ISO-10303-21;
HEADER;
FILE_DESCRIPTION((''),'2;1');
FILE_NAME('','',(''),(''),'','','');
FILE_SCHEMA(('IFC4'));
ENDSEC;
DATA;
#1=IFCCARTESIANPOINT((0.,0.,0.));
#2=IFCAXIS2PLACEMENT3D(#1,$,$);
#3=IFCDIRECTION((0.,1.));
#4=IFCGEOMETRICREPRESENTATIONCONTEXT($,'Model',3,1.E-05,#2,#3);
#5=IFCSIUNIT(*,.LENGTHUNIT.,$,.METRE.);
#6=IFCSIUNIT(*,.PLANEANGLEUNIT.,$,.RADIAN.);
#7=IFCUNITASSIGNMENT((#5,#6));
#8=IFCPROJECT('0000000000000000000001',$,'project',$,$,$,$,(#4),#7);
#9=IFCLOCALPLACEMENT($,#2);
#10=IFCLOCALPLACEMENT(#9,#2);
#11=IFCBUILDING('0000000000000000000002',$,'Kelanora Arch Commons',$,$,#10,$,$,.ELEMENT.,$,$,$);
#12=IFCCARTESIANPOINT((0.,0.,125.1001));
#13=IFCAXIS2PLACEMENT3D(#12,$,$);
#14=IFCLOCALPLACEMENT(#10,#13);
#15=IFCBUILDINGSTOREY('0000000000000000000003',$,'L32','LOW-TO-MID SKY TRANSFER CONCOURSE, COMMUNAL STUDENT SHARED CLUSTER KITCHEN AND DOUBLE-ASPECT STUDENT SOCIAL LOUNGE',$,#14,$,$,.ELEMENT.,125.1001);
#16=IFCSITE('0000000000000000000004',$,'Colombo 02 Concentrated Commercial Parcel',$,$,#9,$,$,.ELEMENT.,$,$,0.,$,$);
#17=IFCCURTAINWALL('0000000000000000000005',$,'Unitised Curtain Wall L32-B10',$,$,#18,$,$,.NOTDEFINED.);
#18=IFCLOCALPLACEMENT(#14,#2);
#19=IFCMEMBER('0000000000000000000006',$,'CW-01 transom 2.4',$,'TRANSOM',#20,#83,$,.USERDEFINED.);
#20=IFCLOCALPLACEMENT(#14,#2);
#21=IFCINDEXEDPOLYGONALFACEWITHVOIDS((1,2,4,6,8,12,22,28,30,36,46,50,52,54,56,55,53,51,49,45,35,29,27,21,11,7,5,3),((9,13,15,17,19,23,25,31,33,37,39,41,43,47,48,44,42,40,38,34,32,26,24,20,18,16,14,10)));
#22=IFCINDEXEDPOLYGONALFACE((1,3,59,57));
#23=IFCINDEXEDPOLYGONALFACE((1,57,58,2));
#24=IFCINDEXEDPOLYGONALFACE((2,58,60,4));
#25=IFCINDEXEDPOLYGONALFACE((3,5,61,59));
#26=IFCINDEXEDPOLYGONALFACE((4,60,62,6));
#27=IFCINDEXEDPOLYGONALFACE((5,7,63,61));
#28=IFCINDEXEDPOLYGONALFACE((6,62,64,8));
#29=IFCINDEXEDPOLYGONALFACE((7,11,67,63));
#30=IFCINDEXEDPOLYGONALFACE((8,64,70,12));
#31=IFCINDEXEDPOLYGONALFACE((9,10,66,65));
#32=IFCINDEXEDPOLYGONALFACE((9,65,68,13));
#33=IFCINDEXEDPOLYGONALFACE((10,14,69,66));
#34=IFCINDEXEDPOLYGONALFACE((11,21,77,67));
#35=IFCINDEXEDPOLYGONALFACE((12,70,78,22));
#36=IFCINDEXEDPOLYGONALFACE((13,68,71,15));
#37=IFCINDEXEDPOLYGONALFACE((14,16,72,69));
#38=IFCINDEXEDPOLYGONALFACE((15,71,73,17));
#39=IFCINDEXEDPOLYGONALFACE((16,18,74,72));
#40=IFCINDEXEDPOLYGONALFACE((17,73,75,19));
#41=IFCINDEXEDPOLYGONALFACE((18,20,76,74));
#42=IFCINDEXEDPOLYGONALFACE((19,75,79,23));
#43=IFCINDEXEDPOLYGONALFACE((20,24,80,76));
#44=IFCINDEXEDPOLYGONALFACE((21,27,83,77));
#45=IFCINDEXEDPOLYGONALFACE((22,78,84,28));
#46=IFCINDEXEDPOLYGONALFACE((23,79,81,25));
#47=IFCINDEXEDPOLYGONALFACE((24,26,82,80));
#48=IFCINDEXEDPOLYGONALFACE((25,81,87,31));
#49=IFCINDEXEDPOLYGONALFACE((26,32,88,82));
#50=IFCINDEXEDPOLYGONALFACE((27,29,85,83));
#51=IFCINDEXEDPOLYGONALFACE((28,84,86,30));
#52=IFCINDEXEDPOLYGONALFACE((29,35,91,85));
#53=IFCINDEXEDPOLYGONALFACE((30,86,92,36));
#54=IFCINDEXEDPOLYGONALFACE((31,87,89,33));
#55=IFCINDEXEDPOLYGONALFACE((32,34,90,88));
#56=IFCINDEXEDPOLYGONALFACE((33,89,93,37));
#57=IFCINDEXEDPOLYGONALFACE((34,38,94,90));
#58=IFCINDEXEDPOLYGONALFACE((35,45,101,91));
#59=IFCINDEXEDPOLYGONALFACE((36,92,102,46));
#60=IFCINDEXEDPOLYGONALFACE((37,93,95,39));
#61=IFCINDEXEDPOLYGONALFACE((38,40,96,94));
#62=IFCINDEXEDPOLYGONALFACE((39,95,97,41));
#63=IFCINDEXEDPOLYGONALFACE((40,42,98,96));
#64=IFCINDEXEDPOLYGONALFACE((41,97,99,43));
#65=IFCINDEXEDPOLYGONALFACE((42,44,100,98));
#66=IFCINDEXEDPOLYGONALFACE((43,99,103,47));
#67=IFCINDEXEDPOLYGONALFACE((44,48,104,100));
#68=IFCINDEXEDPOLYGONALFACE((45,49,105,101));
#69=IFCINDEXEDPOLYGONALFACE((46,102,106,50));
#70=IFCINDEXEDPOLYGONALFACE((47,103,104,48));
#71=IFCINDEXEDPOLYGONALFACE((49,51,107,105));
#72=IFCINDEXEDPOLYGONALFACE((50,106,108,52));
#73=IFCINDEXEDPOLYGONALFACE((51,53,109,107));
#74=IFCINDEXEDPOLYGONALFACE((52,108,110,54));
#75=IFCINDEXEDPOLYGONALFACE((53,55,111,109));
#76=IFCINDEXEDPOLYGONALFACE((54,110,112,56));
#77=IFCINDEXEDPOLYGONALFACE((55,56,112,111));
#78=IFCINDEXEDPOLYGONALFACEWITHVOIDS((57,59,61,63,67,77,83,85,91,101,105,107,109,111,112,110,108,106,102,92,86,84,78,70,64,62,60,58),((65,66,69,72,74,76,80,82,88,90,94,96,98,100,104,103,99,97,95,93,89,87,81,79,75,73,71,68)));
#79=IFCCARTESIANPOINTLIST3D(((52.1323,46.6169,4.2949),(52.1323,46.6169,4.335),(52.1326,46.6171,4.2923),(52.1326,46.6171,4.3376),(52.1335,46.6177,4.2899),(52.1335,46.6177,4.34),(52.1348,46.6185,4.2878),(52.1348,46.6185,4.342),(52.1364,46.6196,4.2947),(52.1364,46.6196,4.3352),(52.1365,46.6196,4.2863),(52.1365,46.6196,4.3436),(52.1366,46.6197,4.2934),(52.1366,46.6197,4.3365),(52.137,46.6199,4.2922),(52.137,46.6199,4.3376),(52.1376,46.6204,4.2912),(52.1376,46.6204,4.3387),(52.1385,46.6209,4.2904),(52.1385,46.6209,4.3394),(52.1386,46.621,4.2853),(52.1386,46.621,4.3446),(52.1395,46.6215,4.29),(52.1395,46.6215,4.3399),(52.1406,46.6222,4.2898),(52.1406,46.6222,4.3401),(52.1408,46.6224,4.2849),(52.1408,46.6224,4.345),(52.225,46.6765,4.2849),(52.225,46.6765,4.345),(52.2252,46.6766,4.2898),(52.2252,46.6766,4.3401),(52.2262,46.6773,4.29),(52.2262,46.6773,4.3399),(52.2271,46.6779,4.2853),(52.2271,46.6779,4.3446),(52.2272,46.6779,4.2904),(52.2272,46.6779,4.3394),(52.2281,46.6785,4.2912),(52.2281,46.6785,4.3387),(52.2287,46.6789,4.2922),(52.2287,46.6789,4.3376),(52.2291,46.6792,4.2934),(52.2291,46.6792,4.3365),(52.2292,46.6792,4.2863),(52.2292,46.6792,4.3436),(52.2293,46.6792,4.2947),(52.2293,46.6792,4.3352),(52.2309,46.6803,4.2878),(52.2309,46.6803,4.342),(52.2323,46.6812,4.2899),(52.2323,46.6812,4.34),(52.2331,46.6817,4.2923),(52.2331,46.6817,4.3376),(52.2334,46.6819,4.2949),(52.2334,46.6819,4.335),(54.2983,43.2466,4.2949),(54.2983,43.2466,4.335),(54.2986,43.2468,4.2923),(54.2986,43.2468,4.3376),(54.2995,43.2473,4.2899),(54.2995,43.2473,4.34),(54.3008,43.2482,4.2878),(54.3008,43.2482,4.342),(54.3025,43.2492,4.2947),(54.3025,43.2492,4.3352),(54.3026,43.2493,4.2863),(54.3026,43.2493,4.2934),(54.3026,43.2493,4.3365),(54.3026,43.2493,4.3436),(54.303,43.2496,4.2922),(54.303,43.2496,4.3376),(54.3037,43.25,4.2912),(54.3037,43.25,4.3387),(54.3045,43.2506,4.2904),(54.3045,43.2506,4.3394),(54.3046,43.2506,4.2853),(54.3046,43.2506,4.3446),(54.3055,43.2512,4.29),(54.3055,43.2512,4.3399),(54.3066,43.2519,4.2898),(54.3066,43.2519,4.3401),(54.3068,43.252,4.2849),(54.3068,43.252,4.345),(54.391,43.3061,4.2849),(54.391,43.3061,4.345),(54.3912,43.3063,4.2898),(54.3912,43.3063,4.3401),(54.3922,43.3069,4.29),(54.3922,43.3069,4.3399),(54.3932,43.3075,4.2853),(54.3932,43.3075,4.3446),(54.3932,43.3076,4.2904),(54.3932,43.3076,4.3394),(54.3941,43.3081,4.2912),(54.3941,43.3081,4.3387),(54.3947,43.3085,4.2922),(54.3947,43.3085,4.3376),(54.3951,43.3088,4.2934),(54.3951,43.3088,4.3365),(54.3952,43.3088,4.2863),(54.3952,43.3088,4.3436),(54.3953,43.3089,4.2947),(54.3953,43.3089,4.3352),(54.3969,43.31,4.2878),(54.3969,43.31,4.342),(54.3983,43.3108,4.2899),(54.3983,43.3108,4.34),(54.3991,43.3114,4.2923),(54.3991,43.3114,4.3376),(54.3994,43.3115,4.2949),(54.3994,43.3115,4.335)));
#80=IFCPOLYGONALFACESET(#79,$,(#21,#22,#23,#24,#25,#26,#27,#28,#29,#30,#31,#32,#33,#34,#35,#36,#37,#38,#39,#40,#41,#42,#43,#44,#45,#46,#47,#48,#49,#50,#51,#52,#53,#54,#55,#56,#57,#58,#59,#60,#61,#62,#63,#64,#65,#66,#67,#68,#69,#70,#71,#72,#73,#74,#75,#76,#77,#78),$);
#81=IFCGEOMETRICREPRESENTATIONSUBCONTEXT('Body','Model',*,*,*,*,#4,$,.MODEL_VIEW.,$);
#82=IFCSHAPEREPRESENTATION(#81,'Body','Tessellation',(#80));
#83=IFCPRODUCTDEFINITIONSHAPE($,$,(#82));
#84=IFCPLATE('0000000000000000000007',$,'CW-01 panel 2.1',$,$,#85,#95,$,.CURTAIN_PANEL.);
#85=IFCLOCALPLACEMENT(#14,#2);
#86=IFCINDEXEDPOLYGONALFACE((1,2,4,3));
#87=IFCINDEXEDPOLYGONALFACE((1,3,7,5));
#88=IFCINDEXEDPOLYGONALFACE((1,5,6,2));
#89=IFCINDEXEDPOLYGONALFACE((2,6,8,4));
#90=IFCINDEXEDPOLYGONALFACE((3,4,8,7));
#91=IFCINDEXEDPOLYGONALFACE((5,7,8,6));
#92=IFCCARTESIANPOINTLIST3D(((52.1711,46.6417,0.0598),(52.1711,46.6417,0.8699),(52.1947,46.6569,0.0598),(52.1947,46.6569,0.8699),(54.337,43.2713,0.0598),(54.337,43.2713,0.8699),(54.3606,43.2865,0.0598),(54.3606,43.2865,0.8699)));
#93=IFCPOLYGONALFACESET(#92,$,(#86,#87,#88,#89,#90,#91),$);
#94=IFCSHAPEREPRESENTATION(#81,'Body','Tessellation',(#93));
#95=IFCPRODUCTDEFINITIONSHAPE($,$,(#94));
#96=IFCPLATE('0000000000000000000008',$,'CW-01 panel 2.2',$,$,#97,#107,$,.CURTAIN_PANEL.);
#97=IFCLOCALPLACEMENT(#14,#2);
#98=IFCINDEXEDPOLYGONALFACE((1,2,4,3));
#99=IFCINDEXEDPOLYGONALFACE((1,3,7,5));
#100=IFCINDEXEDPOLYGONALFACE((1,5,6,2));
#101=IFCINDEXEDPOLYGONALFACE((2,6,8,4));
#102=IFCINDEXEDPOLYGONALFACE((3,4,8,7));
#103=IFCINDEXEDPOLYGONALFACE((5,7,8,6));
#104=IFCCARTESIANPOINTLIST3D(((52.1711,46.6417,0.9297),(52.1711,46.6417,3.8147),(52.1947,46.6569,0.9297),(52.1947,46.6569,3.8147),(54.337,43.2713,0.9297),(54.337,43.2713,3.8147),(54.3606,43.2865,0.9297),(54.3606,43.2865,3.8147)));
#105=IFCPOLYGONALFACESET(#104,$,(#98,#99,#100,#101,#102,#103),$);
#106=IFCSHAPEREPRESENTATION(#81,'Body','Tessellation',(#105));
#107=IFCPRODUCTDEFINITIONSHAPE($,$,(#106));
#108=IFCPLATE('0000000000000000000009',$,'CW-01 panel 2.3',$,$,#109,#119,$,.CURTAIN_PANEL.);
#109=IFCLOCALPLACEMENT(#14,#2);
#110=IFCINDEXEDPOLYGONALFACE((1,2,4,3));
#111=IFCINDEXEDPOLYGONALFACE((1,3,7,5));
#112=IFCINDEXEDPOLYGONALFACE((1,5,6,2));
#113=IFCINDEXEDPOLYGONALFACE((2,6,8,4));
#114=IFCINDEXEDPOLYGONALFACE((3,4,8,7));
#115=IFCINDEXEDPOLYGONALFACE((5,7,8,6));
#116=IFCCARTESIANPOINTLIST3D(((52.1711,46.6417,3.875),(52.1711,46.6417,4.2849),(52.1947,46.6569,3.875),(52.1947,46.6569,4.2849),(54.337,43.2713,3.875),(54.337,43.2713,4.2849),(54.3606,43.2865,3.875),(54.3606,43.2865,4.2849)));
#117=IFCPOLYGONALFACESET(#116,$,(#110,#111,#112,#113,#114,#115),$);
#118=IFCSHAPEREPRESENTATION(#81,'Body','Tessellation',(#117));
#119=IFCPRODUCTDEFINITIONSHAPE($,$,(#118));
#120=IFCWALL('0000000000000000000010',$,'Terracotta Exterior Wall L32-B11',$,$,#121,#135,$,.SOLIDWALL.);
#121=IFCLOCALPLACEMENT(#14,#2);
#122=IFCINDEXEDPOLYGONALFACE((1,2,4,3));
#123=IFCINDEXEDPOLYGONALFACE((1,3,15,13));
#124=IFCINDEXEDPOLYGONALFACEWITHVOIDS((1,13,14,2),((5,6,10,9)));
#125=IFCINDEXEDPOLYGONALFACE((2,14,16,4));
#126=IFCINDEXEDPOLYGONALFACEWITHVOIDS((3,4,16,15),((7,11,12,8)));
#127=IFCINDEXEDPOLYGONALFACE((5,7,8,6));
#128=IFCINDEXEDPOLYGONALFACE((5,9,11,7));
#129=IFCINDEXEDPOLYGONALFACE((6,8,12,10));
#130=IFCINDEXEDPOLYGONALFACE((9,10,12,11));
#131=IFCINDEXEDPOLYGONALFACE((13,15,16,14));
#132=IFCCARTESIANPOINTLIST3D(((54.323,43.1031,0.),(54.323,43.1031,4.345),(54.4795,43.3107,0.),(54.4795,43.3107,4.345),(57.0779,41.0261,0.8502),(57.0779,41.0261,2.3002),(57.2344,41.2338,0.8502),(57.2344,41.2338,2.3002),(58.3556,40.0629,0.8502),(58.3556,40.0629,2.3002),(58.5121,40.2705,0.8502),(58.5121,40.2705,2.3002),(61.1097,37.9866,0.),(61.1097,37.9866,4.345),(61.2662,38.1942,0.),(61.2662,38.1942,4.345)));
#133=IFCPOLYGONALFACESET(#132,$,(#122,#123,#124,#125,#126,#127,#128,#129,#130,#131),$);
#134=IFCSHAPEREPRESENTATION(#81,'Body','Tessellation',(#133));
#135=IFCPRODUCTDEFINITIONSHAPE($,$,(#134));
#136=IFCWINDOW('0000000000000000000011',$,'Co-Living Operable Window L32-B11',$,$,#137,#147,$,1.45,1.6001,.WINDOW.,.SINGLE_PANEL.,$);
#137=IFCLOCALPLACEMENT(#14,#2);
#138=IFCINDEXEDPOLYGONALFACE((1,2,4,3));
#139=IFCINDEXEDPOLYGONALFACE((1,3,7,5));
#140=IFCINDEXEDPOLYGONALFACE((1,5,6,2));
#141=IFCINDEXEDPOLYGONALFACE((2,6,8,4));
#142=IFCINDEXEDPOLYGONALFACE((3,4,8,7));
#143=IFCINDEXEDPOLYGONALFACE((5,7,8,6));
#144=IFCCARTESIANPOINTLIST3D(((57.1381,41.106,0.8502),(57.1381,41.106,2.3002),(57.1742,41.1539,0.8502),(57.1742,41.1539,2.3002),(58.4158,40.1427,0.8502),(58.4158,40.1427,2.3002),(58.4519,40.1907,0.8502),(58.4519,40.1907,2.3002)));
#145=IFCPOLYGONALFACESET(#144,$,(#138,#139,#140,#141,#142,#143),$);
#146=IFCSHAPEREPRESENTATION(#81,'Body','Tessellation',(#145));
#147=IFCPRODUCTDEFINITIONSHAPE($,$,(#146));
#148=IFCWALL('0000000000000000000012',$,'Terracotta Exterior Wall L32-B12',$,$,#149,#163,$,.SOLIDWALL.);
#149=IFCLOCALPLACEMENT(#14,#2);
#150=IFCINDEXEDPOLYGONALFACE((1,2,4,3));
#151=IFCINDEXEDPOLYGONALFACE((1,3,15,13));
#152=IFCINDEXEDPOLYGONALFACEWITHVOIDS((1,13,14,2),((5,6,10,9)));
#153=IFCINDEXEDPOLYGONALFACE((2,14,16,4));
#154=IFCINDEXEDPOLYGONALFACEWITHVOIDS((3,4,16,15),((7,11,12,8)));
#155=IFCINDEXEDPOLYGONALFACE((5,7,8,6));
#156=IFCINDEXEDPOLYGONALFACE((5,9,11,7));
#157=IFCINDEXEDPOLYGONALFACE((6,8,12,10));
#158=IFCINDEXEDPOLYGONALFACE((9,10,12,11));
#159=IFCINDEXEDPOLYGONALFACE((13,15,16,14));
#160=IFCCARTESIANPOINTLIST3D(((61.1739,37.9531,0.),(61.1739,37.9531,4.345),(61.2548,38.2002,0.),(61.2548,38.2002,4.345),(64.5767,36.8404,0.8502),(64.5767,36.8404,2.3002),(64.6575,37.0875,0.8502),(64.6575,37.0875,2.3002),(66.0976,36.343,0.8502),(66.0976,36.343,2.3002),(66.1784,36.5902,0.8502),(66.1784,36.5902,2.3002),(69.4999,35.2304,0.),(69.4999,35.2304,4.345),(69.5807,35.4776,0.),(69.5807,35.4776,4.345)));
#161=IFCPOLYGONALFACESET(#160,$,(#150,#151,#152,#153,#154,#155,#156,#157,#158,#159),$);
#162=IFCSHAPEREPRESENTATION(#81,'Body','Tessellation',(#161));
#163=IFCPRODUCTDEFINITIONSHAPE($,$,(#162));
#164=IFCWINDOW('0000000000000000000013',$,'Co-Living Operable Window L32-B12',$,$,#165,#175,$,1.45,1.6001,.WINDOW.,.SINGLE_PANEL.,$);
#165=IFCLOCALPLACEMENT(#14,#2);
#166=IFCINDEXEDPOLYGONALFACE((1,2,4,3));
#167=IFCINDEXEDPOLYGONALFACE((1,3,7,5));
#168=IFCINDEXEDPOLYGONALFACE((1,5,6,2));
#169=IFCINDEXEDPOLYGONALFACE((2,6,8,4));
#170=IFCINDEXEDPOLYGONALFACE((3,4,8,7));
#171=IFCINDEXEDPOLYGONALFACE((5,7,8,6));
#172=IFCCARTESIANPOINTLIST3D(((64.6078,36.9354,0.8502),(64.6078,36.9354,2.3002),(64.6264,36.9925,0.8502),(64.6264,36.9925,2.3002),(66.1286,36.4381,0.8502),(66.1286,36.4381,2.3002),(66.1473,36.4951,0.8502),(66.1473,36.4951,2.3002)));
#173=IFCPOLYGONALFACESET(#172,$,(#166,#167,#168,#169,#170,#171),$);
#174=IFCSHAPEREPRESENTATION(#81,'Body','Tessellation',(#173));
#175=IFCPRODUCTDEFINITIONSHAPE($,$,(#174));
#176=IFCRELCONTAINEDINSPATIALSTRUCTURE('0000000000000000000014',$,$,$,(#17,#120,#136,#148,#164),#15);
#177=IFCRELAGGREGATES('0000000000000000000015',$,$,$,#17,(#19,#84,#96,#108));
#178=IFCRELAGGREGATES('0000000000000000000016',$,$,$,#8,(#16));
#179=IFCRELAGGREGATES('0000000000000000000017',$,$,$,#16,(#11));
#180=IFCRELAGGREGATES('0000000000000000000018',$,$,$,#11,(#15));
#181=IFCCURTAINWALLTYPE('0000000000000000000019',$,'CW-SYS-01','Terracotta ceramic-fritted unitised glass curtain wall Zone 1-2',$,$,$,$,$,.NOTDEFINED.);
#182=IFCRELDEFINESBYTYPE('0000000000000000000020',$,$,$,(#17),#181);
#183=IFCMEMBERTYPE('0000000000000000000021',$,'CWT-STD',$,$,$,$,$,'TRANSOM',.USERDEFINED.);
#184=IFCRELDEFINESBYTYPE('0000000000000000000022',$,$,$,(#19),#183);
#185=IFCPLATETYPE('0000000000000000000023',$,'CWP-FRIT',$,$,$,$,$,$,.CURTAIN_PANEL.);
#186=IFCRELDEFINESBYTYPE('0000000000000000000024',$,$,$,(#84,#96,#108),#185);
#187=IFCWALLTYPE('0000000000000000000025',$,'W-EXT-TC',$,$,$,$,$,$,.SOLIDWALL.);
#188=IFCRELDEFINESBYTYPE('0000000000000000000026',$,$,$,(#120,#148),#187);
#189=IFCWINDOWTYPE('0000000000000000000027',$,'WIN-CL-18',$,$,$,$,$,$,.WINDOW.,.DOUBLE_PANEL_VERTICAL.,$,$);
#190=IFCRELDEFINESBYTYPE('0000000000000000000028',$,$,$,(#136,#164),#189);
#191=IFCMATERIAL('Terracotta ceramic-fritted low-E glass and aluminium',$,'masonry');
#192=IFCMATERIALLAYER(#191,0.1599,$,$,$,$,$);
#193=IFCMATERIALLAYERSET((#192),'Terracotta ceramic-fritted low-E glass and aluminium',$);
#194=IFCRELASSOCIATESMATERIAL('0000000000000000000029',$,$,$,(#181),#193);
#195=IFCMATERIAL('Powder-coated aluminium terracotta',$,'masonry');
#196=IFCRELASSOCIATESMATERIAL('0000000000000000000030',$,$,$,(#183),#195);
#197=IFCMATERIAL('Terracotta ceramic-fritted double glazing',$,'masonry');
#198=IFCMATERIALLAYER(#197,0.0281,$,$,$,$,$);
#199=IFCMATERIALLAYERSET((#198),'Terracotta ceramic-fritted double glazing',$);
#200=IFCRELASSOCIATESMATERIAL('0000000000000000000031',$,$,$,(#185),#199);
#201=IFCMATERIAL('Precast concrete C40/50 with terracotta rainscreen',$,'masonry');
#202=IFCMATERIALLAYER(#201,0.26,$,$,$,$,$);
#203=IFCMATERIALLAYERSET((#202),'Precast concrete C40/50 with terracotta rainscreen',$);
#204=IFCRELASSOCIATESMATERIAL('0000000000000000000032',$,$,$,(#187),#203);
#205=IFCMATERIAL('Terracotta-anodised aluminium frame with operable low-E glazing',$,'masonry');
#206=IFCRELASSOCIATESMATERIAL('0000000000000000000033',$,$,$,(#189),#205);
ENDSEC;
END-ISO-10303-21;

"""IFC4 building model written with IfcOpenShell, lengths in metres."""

from ifc_helpers import new_model, si_unit, direction, frame, frame_2d, origin, origin_2d, place, context, subcontext, project, spatial, rectangle, hollow_rectangle, extrude, source, transform, mapped, material, layer, layer_set, material_profile, profile_set, type_object, element, fill, aggregate, save


model = new_model("IFC4")

# Units and contexts
model_context = context("Model", 3, precision=1e-05, world=origin(), true_north=direction((0.0, 1.0)))
body_context = subcontext(model_context, "Body", "Model", "MODEL_VIEW")
ifc_project = project(units=[si_unit("LENGTHUNIT", "METRE"), si_unit("PLANEANGLEUNIT", "RADIAN")], contexts=[model_context])

# Site, building, storey
site_placement = place(None, origin())
site = spatial("IfcSite", under=ifc_project, at=site_placement, Name="Colombo 02 Concentrated Commercial Parcel", CompositionType="ELEMENT", RefElevation=0.0)
building_placement = place(site_placement, origin())
building = spatial("IfcBuilding", under=site, at=building_placement, Name="Kelanora Arch Commons", CompositionType="ELEMENT")
storey_placement = place(building_placement, frame((0.0, 0.0, 125.1001)))
storey = spatial("IfcBuildingStorey", under=building, at=storey_placement, Name="L32", Description="LOW-TO-MID SKY TRANSFER CONCOURSE, COMMUNAL STUDENT SHARED CLUSTER KITCHEN AND DOUBLE-ASPECT STUDENT SOCIAL LOUNGE", CompositionType="ELEMENT", Elevation=125.1001)

# Curtain wall, member, plates
ifc_material_1 = material(Name="Terracotta ceramic-fritted low-E glass and aluminium", Category="masonry")
ifc_layer_1 = layer(ifc_material_1, 0.1599)
ifc_layer_set_1 = layer_set([ifc_layer_1], Name="Terracotta ceramic-fritted low-E glass and aluminium")
curtain_wall_type = type_object("IfcCurtainWallType", Name="CW-SYS-01", Description="Terracotta ceramic-fritted unitised glass curtain wall Zone 1-2", PredefinedType="NOTDEFINED", material=ifc_layer_set_1)
curtain_wall_placement = place(storey_placement, origin())
curtain_wall = element("IfcCurtainWall", 1, at=curtain_wall_placement, inside=storey, type_object=curtain_wall_type, Name="Unitised Curtain Wall L32-B10", PredefinedType="NOTDEFINED")
ifc_material_2 = material(Name="Powder-coated aluminium terracotta", Category="masonry")
ifc_material_profile_1 = material_profile(ifc_material_2, hollow_rectangle(XDim=0.1201, YDim=0.0601, WallThickness=0.0049, InnerFilletRadius=0.0049, OuterFilletRadius=0.01, at=origin_2d()), Name="CWT120x60")
ifc_profile_set_1 = profile_set([ifc_material_profile_1], Name="Powder-coated aluminium terracotta")
member_type_1 = type_object("IfcMemberType", Name="CWT-STD", ElementType="TRANSOM", PredefinedType="USERDEFINED", material=ifc_profile_set_1)
member_1_placement = place(storey_placement, frame((52.1829, 46.6494, 4.3149), z_axis=(0.540644, -0.841252, 0.0), x_axis=(0.841252, 0.540644, 0.0)))
member_1 = element("IfcMember", 2, at=member_1_placement, type_object=member_type_1, Name="CW-01 transom 2.4", ObjectType="TRANSOM", PredefinedType="USERDEFINED", context=body_context, shape_type="SweptSolid", body=[
    extrude(hollow_rectangle(XDim=0.1201, YDim=0.0601, WallThickness=0.0049, InnerFilletRadius=0.0049, OuterFilletRadius=0.01, at=origin_2d()), origin(), (0.0, 0.0, 1.0), 4.0063),
])
ifc_material_3 = material(Name="Terracotta ceramic-fritted double glazing", Category="masonry")
ifc_layer_2 = layer(ifc_material_3, 0.0281)
ifc_layer_set_2 = layer_set([ifc_layer_2], Name="Terracotta ceramic-fritted double glazing")
plate_type = type_object("IfcPlateType", Name="CWP-FRIT", PredefinedType="CURTAIN_PANEL", material=ifc_layer_set_2)
shared_shape_1 = source(origin(), body_context, "Body", "SweptSolid", [
    extrude(rectangle(XDim=4.0063, YDim=0.0281, at=origin_2d()), origin(), (0.0, 0.0, 1.0), 0.8101),
])
plate_1_placement = place(storey_placement, frame((53.2659, 44.9641, 0.0598), z_axis=(0.0, 0.0, 1.0), x_axis=(0.540617, -0.841269, 0.0)))
plate_1 = element("IfcPlate", 3, at=plate_1_placement, type_object=plate_type, Name="CW-01 panel 2.1", PredefinedType="CURTAIN_PANEL", context=body_context, shape_type="MappedRepresentation", body=[
    mapped(shared_shape_1, transform((0.0, 0.0, 0.0), scale=1.0)),
])
shared_shape_2 = source(origin(), body_context, "Body", "SweptSolid", [
    extrude(rectangle(XDim=4.0063, YDim=0.0281, at=origin_2d()), origin(), (0.0, 0.0, 1.0), 2.885),
])
plate_2_placement = place(storey_placement, frame((53.2659, 44.9641, 0.9297), z_axis=(0.0, 0.0, 1.0), x_axis=(0.540617, -0.841269, 0.0)))
plate_2 = element("IfcPlate", 4, at=plate_2_placement, type_object=plate_type, Name="CW-01 panel 2.2", PredefinedType="CURTAIN_PANEL", context=body_context, shape_type="MappedRepresentation", body=[
    mapped(shared_shape_2, transform((0.0, 0.0, 0.0), scale=1.0)),
])
shared_shape_3 = source(origin(), body_context, "Body", "SweptSolid", [
    extrude(rectangle(XDim=4.0063, YDim=0.0281, at=origin_2d()), origin(), (0.0, 0.0, 1.0), 0.4099),
])
plate_3_placement = place(storey_placement, frame((53.2659, 44.9641, 3.875), z_axis=(0.0, 0.0, 1.0), x_axis=(0.540617, -0.841269, 0.0)))
plate_3 = element("IfcPlate", 5, at=plate_3_placement, type_object=plate_type, Name="CW-01 panel 2.3", PredefinedType="CURTAIN_PANEL", context=body_context, shape_type="MappedRepresentation", body=[
    mapped(shared_shape_3, transform((0.0, 0.0, 0.0), scale=1.0)),
])
aggregate(curtain_wall, [member_1, plate_1, plate_2, plate_3])

# Walls, openings, windows
ifc_material_4 = material(Name="Precast concrete C40/50 with terracotta rainscreen", Category="masonry")
ifc_layer_3 = layer(ifc_material_4, 0.26)
ifc_layer_set_3 = layer_set([ifc_layer_3], Name="Precast concrete C40/50 with terracotta rainscreen")
wall_type_1 = type_object("IfcWallType", Name="W-EXT-TC", PredefinedType="SOLIDWALL", material=ifc_layer_set_3)
wall_1_placement = place(storey_placement, frame((54.4014, 43.2068, 0.0), z_axis=(0.0, 0.0, 1.0), x_axis=(0.798502, -0.601993, 0.0)))
wall_1 = element("IfcWall", 6, at=wall_1_placement, inside=storey, type_object=wall_type_1, Name="Terracotta Exterior Wall L32-B11", PredefinedType="SOLIDWALL", context=body_context, shape_type="SweptSolid", body=[
    extrude(rectangle(XDim=8.4993, YDim=0.26, at=frame_2d((4.2495, 0.0))), origin(), (0.0, 0.0, 1.0), 4.345),
])
opening_1_placement = place(wall_1_placement, frame((3.45, 0.0, 0.8501)))
opening_1 = element("IfcOpeningElement", 7, at=opening_1_placement, cuts=wall_1, PredefinedType="OPENING", context=body_context, shape_type="SweptSolid", body=[
    extrude(rectangle(XDim=1.6001, YDim=1.45, at=frame_2d((0.8, 0.7251))), frame((0.0, 0.1401, 0.0), z_axis=(0.0, -1.0, 0.0), x_axis=(1.0, 0.0, 0.0)), (0.0, 0.0, 1.0), 0.28),
])
ifc_material_5 = material(Name="Terracotta-anodised aluminium frame with operable low-E glazing", Category="masonry")
window_type = type_object("IfcWindowType", Name="WIN-CL-18", PartitioningType="DOUBLE_PANEL_VERTICAL", PredefinedType="WINDOW", material=ifc_material_5)
window_1_placement = place(opening_1_placement, origin())
window_1 = element("IfcWindow", 8, at=window_1_placement, inside=storey, type_object=window_type, Name="Co-Living Operable Window L32-B11", OverallHeight=1.45, OverallWidth=1.6001, PartitioningType="SINGLE_PANEL", PredefinedType="WINDOW", context=body_context, shape_type="SweptSolid", body=[
    extrude(rectangle(XDim=1.6001, YDim=1.45, at=frame_2d((0.8, 0.7251))), frame((0.0, 0.03, 0.0), z_axis=(0.0, -1.0, 0.0), x_axis=(1.0, 0.0, 0.0)), (0.0, 0.0, 1.0), 0.0601),
])
fill(opening_1, window_1)
wall_2_placement = place(storey_placement, frame((61.2144, 38.0767, 0.0), z_axis=(0.0, 0.0, 1.0), x_axis=(0.950471, -0.310813, 0.0)))
wall_2 = element("IfcWall", 9, at=wall_2_placement, inside=storey, type_object=wall_type_1, Name="Terracotta Exterior Wall L32-B12", PredefinedType="SOLIDWALL", context=body_context, shape_type="SweptSolid", body=[
    extrude(rectangle(XDim=8.7598, YDim=0.26, at=frame_2d((4.3799, 0.0))), origin(), (0.0, 0.0, 1.0), 4.345),
])
opening_2_placement = place(wall_2_placement, frame((3.5801, 0.0, 0.8501)))
opening_2 = element("IfcOpeningElement", 10, at=opening_2_placement, cuts=wall_2, PredefinedType="OPENING", context=body_context, shape_type="SweptSolid", body=[
    extrude(rectangle(XDim=1.6001, YDim=1.45, at=frame_2d((0.8, 0.7251))), frame((0.0, 0.1401, 0.0), z_axis=(0.0, -1.0, 0.0), x_axis=(1.0, 0.0, 0.0)), (0.0, 0.0, 1.0), 0.28),
])
window_2_placement = place(opening_2_placement, origin())
window_2 = element("IfcWindow", 11, at=window_2_placement, inside=storey, type_object=window_type, Name="Co-Living Operable Window L32-B12", OverallHeight=1.45, OverallWidth=1.6001, PartitioningType="SINGLE_PANEL", PredefinedType="WINDOW", context=body_context, shape_type="SweptSolid", body=[
    extrude(rectangle(XDim=1.6001, YDim=1.45, at=frame_2d((0.8, 0.7251))), frame((0.0, 0.03, 0.0), z_axis=(0.0, -1.0, 0.0), x_axis=(1.0, 0.0, 0.0)), (0.0, 0.0, 1.0), 0.0601),
])
fill(opening_2, window_2)

save(model, "model.ifc")
